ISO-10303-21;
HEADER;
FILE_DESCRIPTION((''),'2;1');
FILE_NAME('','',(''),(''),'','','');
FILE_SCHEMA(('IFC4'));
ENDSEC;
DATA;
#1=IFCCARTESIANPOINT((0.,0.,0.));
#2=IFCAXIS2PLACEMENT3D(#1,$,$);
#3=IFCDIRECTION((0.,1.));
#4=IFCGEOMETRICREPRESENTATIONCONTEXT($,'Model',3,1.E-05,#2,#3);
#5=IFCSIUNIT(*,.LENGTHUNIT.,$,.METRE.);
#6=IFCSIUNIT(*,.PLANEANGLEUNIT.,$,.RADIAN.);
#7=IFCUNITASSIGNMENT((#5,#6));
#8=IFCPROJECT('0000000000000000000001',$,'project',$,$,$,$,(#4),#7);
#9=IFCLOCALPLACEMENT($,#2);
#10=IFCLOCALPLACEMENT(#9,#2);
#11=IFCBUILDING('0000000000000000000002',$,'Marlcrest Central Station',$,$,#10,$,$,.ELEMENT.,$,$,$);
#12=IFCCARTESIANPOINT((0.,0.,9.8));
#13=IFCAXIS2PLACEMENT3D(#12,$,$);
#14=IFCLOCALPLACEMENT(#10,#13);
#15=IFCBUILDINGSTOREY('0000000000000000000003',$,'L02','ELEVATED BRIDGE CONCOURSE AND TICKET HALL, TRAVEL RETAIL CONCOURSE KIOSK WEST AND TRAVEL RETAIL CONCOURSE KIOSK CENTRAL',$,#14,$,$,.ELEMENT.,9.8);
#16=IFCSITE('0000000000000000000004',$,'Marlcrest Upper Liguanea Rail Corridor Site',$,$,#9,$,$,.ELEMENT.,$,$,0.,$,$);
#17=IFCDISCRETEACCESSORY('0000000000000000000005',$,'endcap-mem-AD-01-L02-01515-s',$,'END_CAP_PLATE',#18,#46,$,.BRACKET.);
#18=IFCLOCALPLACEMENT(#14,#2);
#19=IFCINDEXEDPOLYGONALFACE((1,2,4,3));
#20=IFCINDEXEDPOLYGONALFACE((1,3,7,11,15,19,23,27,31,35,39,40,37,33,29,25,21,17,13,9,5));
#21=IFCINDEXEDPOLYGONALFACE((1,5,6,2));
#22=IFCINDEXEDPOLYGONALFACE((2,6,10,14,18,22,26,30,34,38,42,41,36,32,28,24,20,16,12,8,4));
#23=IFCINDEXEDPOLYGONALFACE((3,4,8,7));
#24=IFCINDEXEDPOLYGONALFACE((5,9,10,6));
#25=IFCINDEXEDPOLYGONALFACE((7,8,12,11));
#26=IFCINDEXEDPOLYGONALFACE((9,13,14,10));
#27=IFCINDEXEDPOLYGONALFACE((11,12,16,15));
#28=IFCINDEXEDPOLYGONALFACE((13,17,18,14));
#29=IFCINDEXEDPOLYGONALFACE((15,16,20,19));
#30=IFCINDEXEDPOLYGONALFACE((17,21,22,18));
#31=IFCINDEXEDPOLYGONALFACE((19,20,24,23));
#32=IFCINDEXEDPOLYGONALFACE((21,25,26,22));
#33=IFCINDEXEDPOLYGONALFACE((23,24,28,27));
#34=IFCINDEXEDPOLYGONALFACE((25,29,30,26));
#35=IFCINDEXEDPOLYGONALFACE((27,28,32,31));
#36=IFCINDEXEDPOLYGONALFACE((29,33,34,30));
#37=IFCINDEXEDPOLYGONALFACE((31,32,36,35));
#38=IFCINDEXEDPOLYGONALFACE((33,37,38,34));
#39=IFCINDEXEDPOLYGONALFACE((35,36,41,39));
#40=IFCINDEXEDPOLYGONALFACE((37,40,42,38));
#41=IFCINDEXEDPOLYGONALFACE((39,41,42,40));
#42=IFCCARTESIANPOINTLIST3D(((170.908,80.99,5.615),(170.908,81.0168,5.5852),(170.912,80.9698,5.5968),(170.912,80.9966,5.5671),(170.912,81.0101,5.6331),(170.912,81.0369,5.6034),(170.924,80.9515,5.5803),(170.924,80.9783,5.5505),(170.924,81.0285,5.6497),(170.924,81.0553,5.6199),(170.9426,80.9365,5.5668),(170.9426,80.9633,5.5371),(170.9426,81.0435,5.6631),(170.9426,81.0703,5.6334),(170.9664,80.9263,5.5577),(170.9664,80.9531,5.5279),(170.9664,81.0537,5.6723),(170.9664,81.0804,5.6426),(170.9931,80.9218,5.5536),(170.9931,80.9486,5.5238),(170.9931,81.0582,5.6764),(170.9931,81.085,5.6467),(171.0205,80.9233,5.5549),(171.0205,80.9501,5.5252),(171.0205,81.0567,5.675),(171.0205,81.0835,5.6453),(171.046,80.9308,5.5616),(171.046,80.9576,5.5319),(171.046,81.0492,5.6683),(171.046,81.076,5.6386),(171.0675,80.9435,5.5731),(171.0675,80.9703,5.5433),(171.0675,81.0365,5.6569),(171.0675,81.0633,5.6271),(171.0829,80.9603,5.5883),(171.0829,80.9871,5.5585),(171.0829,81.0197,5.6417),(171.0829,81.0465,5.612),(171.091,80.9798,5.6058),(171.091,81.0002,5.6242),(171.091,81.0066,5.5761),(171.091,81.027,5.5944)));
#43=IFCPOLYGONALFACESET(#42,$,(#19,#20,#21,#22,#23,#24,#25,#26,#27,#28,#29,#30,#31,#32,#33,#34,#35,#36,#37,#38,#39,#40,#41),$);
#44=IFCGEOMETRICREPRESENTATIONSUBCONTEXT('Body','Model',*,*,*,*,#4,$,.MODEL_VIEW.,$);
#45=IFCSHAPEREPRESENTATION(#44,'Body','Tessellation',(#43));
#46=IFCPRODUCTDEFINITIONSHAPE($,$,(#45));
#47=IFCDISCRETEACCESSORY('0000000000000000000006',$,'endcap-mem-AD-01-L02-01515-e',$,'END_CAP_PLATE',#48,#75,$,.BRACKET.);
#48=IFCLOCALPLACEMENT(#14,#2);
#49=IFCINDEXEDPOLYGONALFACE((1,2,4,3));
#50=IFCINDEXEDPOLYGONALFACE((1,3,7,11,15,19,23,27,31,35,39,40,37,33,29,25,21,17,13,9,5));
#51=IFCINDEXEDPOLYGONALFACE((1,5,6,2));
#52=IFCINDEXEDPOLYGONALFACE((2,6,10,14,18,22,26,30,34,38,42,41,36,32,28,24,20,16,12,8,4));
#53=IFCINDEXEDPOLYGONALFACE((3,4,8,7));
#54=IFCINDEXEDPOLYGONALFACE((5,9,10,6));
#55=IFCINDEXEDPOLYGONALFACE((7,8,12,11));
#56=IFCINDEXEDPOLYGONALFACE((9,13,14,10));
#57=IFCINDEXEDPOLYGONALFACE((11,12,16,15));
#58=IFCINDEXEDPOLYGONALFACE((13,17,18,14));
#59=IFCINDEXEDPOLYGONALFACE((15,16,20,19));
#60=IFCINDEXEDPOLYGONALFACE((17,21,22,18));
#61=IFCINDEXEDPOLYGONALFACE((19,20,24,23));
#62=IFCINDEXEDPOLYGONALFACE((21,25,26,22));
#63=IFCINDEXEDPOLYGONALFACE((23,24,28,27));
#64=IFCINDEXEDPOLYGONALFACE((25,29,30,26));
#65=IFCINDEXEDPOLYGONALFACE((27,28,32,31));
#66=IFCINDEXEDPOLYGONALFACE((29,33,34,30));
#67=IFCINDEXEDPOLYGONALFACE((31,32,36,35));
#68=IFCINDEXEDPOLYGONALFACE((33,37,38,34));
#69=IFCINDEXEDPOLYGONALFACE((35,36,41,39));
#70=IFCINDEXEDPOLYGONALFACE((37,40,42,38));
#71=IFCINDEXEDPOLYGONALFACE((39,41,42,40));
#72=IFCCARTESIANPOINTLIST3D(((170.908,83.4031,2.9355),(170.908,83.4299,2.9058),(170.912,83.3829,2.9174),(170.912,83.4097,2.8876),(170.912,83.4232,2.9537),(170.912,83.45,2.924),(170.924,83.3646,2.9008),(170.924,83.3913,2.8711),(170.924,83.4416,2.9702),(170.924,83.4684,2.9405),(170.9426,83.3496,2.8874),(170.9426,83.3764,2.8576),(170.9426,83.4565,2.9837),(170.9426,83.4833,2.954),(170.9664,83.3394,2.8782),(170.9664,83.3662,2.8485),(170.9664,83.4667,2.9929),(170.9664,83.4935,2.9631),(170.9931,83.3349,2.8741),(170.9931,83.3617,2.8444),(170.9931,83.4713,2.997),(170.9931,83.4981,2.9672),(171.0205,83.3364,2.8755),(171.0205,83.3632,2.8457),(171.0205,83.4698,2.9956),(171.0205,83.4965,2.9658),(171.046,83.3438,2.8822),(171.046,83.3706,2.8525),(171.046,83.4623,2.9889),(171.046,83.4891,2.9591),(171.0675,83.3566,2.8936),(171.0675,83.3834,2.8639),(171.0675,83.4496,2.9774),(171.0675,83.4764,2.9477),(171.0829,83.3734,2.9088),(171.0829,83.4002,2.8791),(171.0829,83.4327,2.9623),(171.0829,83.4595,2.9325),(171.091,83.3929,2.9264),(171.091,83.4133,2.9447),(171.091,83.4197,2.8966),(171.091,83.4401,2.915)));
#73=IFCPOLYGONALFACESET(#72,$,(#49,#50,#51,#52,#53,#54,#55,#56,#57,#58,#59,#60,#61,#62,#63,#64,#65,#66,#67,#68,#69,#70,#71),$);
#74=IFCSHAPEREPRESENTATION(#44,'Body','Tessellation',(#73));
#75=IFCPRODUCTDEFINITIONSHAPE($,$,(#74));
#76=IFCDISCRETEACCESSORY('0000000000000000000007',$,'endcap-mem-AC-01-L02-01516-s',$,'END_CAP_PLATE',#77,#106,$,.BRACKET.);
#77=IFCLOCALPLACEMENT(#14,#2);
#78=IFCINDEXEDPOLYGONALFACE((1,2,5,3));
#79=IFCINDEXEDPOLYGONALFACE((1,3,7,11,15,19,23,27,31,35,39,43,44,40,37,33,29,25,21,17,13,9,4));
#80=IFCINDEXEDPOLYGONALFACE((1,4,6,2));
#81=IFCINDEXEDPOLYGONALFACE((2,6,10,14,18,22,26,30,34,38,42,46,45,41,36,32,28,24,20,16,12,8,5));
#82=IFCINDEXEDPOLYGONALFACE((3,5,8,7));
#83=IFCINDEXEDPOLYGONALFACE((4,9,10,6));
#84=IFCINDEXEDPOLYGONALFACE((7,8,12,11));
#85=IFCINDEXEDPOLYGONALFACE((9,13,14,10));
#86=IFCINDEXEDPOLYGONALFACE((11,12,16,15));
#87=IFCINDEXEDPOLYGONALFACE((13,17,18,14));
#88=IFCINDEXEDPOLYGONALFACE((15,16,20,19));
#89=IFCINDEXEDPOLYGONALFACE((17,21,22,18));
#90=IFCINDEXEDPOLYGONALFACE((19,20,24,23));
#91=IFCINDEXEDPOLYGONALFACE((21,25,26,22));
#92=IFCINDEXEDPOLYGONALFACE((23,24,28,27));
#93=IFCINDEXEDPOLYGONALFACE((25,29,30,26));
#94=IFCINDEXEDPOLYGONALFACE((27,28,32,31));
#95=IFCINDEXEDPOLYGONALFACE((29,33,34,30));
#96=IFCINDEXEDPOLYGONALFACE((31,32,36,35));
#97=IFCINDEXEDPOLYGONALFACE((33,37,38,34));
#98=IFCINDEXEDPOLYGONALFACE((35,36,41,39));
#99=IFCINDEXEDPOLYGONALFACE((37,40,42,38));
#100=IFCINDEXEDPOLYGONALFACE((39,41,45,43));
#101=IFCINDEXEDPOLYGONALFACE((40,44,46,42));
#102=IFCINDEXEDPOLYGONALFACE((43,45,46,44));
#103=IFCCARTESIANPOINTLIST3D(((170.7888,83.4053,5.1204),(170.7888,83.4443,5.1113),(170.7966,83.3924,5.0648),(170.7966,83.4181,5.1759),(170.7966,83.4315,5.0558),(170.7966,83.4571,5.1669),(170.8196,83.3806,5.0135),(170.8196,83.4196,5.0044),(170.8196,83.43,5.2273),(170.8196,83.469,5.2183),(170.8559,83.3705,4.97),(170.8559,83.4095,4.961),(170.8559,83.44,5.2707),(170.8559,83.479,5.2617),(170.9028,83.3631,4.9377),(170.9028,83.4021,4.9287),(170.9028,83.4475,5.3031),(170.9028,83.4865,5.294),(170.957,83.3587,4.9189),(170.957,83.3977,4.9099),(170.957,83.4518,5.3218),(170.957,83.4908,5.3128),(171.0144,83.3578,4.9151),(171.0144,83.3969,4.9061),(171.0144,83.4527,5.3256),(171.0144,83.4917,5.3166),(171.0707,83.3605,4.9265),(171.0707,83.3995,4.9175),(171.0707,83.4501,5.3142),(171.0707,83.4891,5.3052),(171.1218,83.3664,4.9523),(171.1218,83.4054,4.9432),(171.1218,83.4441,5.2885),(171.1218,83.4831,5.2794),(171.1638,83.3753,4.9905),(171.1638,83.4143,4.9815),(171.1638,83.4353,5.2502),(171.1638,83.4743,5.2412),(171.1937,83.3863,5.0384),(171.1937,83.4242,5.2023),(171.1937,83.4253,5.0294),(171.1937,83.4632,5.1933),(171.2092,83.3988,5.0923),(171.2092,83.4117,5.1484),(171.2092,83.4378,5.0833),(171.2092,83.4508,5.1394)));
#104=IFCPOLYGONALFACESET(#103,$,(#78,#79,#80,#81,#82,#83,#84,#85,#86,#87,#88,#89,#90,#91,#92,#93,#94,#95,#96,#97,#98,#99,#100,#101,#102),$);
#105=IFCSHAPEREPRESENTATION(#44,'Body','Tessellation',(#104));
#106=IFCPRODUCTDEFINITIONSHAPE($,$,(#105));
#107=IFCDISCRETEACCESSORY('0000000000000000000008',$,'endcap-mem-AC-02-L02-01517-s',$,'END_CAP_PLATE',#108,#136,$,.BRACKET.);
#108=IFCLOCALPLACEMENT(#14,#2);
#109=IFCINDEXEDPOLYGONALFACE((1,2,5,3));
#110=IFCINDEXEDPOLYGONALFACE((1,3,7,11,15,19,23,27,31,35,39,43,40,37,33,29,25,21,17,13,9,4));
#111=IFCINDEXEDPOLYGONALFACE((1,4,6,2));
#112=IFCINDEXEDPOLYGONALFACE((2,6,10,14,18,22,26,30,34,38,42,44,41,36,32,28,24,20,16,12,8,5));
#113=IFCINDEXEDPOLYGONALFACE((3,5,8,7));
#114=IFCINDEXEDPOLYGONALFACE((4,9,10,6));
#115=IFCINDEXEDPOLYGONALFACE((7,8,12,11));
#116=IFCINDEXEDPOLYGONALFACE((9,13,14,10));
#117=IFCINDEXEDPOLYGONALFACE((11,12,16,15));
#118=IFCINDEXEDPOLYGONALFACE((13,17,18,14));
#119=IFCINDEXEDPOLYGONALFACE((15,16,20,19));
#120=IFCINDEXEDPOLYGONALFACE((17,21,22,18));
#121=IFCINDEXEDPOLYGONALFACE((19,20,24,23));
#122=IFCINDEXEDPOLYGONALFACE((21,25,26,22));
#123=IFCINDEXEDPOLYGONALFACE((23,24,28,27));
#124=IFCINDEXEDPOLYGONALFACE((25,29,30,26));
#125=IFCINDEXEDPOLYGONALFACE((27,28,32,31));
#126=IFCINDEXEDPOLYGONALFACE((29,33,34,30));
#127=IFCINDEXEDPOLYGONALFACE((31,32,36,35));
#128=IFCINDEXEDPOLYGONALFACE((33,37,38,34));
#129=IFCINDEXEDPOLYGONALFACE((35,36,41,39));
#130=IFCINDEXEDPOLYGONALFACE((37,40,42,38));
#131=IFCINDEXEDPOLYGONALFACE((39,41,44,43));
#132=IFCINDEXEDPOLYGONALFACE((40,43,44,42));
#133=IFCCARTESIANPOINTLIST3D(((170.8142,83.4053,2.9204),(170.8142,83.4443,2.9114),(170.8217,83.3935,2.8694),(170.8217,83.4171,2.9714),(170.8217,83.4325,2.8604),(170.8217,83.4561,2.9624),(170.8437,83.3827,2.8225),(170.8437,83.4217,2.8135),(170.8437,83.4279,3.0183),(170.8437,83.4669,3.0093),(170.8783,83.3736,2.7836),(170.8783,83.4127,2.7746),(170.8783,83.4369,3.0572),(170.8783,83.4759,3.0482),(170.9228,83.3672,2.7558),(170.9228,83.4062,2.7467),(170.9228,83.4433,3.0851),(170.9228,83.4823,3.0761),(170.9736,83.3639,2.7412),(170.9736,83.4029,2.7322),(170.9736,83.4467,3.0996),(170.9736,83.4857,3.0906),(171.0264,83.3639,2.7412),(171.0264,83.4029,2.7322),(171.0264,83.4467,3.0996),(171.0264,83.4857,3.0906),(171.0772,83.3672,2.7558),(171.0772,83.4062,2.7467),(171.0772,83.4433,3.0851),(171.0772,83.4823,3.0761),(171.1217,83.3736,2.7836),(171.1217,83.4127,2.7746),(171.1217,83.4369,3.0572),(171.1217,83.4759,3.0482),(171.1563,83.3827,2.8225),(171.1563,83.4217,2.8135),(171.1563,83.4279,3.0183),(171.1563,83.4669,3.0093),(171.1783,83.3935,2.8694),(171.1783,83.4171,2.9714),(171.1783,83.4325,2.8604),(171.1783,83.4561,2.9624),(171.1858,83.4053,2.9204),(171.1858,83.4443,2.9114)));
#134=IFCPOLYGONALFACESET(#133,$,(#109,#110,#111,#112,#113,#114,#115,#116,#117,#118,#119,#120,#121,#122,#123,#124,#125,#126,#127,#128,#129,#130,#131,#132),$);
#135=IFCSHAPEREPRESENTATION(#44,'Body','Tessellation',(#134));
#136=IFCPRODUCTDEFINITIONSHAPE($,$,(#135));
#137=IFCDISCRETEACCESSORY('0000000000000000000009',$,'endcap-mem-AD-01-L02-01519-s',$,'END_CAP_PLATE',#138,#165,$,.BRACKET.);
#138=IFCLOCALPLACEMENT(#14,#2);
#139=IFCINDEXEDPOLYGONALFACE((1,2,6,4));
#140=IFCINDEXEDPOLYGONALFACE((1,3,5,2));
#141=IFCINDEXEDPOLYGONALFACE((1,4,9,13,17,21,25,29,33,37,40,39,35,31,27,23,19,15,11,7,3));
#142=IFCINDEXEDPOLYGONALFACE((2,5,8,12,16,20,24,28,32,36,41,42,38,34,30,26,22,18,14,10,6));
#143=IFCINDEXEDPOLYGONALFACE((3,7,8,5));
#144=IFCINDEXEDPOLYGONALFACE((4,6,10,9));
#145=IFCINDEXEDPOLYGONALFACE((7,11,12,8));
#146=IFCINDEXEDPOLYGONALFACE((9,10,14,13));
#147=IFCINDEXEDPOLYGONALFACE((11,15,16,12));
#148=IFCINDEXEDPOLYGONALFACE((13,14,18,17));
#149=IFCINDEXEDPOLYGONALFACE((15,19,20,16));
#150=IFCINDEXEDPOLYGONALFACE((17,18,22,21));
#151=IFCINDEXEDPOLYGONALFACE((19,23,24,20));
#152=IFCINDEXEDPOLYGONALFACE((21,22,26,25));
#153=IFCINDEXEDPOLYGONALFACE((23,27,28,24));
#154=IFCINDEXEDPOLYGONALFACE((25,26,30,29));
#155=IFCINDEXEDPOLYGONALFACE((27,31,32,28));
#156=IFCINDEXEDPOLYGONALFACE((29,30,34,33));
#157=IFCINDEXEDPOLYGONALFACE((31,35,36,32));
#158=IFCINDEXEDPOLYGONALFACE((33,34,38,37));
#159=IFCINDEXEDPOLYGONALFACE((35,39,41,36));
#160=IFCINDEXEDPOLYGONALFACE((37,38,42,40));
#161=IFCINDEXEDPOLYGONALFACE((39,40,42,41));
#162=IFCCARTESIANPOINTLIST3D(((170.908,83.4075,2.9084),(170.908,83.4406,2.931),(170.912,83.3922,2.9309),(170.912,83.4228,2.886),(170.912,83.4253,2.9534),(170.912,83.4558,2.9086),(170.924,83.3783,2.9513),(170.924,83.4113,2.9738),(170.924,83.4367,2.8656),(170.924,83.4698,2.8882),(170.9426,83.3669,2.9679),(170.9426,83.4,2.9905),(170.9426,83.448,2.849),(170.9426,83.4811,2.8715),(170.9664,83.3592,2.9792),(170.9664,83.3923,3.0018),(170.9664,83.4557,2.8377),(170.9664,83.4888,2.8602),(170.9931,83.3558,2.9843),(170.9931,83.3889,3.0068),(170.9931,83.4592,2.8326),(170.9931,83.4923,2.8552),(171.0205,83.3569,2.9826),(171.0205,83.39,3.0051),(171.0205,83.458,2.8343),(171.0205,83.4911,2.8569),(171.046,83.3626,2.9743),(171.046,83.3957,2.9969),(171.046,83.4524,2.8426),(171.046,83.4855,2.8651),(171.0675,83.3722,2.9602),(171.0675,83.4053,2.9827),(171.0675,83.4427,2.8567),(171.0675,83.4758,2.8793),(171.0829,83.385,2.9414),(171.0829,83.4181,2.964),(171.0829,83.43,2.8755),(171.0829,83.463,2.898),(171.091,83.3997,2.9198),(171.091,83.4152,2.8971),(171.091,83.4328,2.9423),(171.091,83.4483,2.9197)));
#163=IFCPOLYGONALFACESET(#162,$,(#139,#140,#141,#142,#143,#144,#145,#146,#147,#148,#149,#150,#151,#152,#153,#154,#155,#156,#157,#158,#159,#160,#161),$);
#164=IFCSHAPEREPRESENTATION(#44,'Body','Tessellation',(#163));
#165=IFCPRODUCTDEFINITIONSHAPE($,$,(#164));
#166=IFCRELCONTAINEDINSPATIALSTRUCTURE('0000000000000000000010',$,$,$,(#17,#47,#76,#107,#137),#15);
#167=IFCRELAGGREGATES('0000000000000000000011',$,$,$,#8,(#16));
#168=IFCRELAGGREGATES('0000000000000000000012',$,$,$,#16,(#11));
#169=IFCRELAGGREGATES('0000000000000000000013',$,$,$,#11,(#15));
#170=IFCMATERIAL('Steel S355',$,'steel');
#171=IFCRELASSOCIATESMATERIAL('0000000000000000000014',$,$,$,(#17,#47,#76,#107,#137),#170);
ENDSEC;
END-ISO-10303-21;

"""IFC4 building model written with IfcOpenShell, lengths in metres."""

from ifc_helpers import new_model, si_unit, direction, frame, origin, origin_2d, place, context, subcontext, project, spatial, circle, extrude, material, element, save


model = new_model("IFC4")

# Units and contexts
model_context = context("Model", 3, precision=1e-05, world=origin(), true_north=direction((0.0, 1.0)))
body_context = subcontext(model_context, "Body", "Model", "MODEL_VIEW")
ifc_project = project(units=[si_unit("LENGTHUNIT", "METRE"), si_unit("PLANEANGLEUNIT", "RADIAN")], contexts=[model_context])

# Site, building, storey
site_placement = place(None, origin())
site = spatial("IfcSite", under=ifc_project, at=site_placement, Name="Marlcrest Upper Liguanea Rail Corridor Site", CompositionType="ELEMENT", RefElevation=0.0)
building_placement = place(site_placement, origin())
building = spatial("IfcBuilding", under=site, at=building_placement, Name="Marlcrest Central Station", CompositionType="ELEMENT")
storey_placement = place(building_placement, frame((0.0, 0.0, 9.8)))
storey = spatial("IfcBuildingStorey", under=building, at=storey_placement, Name="L02", Description="ELEVATED BRIDGE CONCOURSE AND TICKET HALL, TRAVEL RETAIL CONCOURSE KIOSK WEST AND TRAVEL RETAIL CONCOURSE KIOSK CENTRAL", CompositionType="ELEMENT", Elevation=9.8)

# Shared definitions
ifc_material_1 = material(Name="Steel S355", Category="steel")

# Discrete accessories
for number, where, z_axis, x_axis, name in (
    (1, (171.0, 80.99, 5.615), (0.0, 0.669244, -0.743042), (-1.0, 0.0, 0.0), "endcap-mem-AD-01-L02-01515-s"),
    (2, (171.0, 83.4031, 2.9355), (0.0, 0.669244, -0.743042), (-1.0, 0.0, 0.0), "endcap-mem-AD-01-L02-01515-e"),
):
    element("IfcDiscreteAccessory", number, at=place(storey_placement, frame(where, z_axis=z_axis, x_axis=x_axis)), inside=storey, material=ifc_material_1, Name=name, ObjectType="END_CAP_PLATE", PredefinedType="BRACKET", context=body_context, shape_type="SweptSolid", body=[
        extrude(circle(Radius=0.092, at=origin_2d()), origin(), (0.0, 0.0, 1.0), 0.04),
    ])
discrete_accessory_1_placement = place(storey_placement, frame((171.0, 83.4053, 5.1204), z_axis=(0.0, 0.97433, -0.225126), x_axis=(-1.0, 0.0, 0.0)))
element("IfcDiscreteAccessory", 3, at=discrete_accessory_1_placement, inside=storey, material=ifc_material_1, Name="endcap-mem-AC-01-L02-01516-s", ObjectType="END_CAP_PLATE", PredefinedType="BRACKET", context=body_context, shape_type="SweptSolid", body=[
    extrude(circle(Radius=0.2112, at=origin_2d()), origin(), (0.0, 0.0, 1.0), 0.04),
])
discrete_accessory_2_placement = place(storey_placement, frame((171.0, 83.4053, 2.9204), z_axis=(0.0, 0.974308, -0.22522), x_axis=(-1.0, 0.0, 0.0)))
element("IfcDiscreteAccessory", 4, at=discrete_accessory_2_placement, inside=storey, material=ifc_material_1, Name="endcap-mem-AC-02-L02-01517-s", ObjectType="END_CAP_PLATE", PredefinedType="BRACKET", context=body_context, shape_type="SweptSolid", body=[
    extrude(circle(Radius=0.1858, at=origin_2d()), origin(), (0.0, 0.0, 1.0), 0.04),
])
discrete_accessory_3_placement = place(storey_placement, frame((171.0, 83.4075, 2.9084), z_axis=(0.0, 0.826263, 0.563285), x_axis=(-1.0, 0.0, 0.0)))
element("IfcDiscreteAccessory", 5, at=discrete_accessory_3_placement, inside=storey, material=ifc_material_1, Name="endcap-mem-AD-01-L02-01519-s", ObjectType="END_CAP_PLATE", PredefinedType="BRACKET", context=body_context, shape_type="SweptSolid", body=[
    extrude(circle(Radius=0.092, at=origin_2d()), origin(), (0.0, 0.0, 1.0), 0.04),
])

save(model, "model.ifc")
